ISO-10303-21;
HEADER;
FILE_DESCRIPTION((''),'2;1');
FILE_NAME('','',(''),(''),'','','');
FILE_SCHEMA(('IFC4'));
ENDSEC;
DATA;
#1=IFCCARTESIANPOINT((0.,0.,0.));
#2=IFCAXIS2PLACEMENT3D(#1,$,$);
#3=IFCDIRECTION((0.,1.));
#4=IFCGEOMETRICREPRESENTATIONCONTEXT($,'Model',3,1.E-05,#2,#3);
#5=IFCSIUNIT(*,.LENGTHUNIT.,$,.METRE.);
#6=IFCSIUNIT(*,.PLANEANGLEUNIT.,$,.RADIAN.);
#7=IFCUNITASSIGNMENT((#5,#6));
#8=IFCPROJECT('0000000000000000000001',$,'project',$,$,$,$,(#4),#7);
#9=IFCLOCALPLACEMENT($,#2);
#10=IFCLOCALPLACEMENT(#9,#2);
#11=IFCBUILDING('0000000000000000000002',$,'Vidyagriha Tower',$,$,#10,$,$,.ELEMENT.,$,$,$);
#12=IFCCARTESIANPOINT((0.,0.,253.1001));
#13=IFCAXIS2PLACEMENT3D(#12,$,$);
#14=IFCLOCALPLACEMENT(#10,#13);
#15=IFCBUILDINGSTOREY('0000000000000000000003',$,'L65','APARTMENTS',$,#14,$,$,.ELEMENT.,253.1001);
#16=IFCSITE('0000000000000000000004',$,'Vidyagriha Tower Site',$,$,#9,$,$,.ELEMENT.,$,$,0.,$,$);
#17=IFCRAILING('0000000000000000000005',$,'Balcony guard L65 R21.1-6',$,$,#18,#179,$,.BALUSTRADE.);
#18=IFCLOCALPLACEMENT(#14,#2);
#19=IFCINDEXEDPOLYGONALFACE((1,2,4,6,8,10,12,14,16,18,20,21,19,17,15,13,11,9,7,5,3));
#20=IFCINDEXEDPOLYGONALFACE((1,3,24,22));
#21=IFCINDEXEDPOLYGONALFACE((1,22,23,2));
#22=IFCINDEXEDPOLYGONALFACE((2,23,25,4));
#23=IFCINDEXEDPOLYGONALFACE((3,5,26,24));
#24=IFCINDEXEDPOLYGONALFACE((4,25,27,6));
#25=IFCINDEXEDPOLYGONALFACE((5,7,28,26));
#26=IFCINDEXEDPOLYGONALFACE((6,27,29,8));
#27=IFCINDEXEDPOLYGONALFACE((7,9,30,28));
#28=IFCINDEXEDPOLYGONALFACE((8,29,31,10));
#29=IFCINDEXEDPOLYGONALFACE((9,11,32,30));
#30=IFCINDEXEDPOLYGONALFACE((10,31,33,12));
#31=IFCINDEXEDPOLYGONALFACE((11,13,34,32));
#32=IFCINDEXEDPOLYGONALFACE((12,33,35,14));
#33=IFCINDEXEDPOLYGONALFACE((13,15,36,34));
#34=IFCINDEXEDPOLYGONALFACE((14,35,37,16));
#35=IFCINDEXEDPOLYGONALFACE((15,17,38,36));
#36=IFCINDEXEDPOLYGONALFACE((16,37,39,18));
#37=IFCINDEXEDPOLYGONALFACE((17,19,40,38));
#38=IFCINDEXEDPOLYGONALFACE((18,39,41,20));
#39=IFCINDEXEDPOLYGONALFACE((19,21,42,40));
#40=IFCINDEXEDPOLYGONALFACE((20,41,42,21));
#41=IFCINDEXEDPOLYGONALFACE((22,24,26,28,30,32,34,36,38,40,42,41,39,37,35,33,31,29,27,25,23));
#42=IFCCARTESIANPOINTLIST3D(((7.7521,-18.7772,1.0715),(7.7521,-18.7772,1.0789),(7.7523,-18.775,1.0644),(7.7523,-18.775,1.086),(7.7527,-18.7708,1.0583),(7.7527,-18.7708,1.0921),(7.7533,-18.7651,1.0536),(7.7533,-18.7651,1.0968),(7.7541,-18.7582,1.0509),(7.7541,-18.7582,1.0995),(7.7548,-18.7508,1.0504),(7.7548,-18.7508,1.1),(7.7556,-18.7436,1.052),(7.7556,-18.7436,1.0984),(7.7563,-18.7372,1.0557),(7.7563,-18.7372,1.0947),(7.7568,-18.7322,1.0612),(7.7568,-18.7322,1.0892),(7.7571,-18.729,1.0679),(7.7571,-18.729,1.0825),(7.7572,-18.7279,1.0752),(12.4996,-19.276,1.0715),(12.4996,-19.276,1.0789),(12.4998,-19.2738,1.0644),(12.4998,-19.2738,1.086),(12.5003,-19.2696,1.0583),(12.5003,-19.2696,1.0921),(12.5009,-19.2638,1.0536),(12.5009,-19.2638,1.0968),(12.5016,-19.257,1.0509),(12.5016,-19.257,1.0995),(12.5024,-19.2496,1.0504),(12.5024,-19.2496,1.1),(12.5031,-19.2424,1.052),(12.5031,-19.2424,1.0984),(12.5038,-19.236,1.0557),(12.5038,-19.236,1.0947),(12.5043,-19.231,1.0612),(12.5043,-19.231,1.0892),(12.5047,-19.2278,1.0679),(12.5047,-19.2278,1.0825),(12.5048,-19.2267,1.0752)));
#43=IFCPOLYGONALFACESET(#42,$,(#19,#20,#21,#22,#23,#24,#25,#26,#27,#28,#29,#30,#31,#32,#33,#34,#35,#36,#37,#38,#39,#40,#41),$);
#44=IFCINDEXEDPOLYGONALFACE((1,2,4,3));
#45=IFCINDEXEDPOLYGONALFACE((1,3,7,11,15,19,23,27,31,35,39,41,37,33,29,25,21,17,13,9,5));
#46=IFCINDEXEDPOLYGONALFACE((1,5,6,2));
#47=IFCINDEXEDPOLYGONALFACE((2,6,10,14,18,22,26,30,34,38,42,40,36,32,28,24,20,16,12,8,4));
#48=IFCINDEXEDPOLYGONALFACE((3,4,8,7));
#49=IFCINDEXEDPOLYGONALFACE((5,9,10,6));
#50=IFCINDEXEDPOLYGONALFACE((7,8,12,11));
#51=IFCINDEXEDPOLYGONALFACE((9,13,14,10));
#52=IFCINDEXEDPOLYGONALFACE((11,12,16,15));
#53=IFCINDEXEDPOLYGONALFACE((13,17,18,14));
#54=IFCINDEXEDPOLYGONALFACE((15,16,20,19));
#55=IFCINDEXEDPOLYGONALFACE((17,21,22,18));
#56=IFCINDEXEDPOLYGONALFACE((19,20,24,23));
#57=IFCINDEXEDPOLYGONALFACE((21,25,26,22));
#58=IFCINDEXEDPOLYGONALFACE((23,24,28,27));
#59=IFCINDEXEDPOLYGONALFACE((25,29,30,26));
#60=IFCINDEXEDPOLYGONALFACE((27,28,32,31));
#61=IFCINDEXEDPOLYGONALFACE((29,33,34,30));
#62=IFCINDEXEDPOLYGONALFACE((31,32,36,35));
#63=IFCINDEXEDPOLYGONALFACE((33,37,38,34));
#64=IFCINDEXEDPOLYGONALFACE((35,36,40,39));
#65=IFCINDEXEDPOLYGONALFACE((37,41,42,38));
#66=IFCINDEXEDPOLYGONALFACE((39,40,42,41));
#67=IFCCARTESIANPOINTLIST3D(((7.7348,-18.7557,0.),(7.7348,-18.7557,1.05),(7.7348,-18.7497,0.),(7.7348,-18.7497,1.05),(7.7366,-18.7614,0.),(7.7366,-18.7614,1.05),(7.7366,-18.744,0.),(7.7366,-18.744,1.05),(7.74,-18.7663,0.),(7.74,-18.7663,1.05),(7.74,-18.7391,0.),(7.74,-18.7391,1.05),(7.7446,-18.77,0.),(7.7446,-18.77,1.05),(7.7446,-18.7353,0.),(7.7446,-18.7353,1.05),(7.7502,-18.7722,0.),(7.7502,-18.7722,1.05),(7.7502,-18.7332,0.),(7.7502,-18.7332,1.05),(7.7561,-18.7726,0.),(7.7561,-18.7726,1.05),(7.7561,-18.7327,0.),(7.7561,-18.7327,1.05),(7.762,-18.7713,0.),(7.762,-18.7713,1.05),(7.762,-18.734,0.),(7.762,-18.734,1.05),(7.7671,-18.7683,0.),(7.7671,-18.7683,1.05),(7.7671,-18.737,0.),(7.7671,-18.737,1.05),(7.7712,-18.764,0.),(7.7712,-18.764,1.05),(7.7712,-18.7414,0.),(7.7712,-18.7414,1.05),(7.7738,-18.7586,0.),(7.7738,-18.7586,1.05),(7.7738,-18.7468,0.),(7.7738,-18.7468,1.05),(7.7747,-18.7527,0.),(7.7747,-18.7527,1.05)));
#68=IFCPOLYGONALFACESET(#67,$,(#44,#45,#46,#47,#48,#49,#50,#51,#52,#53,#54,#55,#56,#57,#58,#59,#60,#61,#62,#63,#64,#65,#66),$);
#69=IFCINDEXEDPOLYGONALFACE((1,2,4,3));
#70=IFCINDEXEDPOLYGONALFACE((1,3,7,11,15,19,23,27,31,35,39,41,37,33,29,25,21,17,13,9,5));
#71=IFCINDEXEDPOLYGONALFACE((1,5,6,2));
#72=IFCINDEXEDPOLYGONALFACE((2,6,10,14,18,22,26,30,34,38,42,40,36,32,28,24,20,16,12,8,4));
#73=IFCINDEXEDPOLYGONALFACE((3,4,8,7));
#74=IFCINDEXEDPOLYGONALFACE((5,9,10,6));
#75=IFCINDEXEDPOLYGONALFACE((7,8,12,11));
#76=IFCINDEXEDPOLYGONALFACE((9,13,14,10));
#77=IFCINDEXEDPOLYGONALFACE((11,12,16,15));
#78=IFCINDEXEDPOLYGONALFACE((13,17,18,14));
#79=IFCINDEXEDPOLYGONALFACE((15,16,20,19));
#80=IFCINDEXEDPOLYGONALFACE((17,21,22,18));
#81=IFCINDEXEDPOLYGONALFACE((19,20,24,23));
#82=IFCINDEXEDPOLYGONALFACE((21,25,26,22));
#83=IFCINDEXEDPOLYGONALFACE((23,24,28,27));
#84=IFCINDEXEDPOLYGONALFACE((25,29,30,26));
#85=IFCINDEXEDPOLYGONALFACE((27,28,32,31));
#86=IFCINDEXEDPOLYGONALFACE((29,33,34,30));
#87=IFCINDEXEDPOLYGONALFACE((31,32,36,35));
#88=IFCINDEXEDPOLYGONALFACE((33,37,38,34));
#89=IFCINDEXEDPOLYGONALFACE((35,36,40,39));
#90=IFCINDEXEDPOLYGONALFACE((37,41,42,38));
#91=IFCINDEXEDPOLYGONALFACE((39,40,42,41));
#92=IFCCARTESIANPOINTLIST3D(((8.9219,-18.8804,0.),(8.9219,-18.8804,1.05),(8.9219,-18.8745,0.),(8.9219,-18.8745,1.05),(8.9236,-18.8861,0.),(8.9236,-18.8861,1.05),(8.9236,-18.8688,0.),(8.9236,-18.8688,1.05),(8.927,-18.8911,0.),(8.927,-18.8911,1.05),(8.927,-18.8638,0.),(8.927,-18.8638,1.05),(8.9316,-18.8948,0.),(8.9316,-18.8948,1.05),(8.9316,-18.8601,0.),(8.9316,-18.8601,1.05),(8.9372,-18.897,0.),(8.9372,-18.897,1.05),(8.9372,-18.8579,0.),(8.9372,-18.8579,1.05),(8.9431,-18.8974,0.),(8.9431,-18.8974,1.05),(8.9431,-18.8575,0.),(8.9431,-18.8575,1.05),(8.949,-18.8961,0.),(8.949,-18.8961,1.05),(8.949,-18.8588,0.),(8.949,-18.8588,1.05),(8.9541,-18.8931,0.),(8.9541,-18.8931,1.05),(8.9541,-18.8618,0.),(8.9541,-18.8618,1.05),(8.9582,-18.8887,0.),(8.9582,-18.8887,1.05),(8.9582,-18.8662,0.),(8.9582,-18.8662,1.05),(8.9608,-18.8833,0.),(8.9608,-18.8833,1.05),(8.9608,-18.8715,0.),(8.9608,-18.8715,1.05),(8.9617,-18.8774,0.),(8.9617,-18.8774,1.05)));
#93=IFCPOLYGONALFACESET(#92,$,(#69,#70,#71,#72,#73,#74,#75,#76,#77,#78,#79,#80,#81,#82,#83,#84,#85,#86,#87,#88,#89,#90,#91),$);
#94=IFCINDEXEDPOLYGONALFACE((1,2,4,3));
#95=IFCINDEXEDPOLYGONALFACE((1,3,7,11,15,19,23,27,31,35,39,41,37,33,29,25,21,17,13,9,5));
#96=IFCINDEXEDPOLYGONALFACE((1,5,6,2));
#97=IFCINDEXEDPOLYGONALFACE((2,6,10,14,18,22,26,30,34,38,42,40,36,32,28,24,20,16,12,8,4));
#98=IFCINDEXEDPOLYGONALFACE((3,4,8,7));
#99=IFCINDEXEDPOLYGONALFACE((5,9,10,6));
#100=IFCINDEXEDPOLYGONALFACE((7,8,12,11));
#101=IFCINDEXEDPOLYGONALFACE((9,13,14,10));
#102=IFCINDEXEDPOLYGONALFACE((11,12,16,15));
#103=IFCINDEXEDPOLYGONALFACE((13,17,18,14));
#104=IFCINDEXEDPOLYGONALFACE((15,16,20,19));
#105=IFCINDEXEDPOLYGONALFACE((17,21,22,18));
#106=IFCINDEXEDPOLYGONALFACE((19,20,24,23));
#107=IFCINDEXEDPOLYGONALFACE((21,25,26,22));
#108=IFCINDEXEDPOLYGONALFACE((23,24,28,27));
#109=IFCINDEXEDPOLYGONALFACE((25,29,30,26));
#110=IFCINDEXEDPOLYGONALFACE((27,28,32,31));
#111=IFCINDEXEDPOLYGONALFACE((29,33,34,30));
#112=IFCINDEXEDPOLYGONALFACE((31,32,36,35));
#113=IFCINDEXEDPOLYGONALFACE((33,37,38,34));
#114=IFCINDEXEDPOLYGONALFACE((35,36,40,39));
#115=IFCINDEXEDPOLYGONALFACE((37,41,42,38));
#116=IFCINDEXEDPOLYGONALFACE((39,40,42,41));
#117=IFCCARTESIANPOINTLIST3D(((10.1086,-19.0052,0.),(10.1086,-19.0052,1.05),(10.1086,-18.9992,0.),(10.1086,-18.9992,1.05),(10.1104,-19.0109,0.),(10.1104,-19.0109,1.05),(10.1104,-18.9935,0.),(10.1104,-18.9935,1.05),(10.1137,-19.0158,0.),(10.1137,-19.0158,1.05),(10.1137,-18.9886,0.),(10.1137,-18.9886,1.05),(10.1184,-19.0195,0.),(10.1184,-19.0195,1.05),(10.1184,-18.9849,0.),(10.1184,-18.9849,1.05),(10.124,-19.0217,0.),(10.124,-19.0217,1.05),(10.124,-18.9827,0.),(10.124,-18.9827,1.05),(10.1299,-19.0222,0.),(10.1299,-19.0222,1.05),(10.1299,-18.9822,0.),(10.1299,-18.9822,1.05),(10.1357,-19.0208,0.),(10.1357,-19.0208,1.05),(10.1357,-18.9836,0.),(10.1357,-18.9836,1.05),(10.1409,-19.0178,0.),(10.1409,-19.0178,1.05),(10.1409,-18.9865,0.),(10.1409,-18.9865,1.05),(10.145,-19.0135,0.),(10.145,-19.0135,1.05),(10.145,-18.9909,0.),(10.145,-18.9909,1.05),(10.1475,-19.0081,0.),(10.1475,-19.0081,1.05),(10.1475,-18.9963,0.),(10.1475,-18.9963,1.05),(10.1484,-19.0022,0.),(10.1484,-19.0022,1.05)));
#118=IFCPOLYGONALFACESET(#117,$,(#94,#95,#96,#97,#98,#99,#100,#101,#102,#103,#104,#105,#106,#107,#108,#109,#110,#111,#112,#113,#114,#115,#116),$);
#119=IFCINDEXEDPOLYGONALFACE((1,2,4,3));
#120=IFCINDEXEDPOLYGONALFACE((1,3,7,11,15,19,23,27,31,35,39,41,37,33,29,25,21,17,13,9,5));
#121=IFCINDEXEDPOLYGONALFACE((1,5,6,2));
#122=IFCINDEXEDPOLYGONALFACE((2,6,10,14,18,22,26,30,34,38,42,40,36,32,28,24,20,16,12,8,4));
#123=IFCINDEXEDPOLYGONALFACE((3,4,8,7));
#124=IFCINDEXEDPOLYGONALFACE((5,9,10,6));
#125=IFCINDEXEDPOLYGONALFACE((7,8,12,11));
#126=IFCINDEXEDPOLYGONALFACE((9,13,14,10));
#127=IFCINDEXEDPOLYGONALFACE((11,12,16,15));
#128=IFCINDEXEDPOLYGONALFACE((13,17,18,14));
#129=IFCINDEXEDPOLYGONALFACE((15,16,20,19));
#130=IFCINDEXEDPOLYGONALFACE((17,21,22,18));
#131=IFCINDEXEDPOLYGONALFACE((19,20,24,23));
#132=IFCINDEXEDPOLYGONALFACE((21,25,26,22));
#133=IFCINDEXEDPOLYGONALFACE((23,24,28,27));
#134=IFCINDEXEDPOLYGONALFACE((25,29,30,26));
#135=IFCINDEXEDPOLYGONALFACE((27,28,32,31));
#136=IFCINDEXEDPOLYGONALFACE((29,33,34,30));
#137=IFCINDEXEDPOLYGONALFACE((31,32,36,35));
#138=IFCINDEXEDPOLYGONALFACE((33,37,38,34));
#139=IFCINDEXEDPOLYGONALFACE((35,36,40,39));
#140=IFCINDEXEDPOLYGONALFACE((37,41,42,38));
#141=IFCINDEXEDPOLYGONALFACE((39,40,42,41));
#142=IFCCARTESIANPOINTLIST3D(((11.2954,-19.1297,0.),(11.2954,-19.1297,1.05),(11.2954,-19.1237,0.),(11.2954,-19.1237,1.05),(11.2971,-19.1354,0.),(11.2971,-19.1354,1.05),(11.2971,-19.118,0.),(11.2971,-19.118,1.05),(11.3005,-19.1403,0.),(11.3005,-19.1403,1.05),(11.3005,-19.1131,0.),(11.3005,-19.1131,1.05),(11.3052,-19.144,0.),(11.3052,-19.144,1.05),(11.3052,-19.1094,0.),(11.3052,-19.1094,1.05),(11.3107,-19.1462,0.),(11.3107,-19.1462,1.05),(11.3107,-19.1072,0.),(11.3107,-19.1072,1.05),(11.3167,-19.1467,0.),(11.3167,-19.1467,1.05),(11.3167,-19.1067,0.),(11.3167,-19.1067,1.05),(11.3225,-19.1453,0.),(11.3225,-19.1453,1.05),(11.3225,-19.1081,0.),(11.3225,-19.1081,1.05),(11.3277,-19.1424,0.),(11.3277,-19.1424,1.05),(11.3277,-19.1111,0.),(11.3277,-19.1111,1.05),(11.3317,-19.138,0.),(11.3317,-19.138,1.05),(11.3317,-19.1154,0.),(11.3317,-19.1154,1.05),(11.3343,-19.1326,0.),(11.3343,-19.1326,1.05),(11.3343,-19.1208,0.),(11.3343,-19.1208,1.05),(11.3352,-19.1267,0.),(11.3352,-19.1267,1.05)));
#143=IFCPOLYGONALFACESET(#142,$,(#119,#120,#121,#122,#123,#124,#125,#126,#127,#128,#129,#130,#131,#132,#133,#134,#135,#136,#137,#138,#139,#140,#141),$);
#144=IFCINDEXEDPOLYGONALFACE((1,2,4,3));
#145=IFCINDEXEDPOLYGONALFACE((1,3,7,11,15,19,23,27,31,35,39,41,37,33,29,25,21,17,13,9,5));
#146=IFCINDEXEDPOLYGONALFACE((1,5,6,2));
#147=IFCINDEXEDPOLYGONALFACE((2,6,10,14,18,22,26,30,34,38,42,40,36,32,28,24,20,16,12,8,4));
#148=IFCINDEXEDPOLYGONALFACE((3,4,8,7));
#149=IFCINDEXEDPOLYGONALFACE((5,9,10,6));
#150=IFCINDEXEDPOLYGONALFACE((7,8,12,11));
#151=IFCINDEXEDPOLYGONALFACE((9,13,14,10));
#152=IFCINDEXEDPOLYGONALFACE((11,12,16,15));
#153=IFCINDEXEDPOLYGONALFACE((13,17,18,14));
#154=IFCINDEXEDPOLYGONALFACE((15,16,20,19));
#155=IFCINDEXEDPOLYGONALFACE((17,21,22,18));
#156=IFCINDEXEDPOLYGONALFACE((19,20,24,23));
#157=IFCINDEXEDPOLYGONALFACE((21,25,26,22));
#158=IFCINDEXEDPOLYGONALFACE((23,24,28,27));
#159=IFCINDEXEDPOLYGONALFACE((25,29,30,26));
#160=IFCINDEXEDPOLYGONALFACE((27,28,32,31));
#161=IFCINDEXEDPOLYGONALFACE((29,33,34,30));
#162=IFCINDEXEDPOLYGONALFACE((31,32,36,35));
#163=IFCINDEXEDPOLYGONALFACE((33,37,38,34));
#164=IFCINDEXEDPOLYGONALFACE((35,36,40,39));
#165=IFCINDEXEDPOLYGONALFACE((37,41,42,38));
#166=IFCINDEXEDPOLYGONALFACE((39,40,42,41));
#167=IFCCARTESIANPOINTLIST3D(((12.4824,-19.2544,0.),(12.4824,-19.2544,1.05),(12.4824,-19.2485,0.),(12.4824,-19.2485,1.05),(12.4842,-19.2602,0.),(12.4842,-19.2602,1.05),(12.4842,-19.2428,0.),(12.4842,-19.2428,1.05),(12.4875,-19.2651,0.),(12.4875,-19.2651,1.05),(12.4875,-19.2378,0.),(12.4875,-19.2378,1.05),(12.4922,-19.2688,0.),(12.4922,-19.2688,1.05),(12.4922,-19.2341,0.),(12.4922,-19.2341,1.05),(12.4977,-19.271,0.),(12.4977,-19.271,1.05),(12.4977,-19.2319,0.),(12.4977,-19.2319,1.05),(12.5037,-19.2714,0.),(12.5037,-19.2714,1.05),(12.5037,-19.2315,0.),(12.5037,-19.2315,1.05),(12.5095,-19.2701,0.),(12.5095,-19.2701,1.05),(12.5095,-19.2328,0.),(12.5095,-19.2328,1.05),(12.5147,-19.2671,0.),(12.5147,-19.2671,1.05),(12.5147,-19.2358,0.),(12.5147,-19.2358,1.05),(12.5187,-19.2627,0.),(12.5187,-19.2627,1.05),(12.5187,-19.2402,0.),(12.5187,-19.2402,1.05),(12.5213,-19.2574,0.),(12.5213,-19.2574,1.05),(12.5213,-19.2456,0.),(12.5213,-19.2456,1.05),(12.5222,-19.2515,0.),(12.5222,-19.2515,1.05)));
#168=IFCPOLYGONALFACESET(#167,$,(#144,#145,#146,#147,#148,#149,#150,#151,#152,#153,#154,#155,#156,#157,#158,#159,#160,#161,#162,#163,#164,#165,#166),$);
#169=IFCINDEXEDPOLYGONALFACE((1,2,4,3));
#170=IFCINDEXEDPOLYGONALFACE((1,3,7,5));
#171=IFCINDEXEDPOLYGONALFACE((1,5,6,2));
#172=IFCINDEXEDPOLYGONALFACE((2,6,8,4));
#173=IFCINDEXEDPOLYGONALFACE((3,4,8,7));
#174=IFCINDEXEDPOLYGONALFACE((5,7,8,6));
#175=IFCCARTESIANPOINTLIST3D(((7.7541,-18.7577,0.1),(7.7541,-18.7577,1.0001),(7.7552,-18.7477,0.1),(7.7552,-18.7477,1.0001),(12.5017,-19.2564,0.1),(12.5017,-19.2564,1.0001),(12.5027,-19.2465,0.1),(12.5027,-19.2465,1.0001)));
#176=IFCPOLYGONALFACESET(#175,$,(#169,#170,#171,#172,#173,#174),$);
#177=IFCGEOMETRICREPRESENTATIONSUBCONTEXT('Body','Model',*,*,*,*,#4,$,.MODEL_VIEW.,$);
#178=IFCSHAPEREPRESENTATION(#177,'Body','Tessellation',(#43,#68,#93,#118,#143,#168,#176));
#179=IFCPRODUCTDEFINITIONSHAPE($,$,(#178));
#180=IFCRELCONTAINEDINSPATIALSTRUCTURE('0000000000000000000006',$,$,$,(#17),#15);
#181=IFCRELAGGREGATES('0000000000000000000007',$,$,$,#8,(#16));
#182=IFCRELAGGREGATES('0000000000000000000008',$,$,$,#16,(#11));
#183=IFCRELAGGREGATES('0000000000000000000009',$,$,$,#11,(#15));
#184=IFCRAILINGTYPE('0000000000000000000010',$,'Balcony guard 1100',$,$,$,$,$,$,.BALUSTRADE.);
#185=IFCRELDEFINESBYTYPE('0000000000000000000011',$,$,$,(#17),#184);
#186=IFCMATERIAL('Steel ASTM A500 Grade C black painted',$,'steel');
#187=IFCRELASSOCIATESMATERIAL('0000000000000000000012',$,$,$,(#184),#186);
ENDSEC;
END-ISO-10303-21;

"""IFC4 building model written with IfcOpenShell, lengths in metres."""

from ifc_helpers import new_model, si_unit, direction, frame, origin, origin_2d, place, context, subcontext, project, spatial, rectangle, circle, extrude, material, type_object, element, save


model = new_model("IFC4")

# Units and contexts
model_context = context("Model", 3, precision=1e-05, world=origin(), true_north=direction((0.0, 1.0)))
body_context = subcontext(model_context, "Body", "Model", "MODEL_VIEW")
ifc_project = project(units=[si_unit("LENGTHUNIT", "METRE"), si_unit("PLANEANGLEUNIT", "RADIAN")], contexts=[model_context])

# Site, building, storey
site_placement = place(None, origin())
site = spatial("IfcSite", under=ifc_project, at=site_placement, Name="Vidyagriha Tower Site", CompositionType="ELEMENT", RefElevation=0.0)
building_placement = place(site_placement, origin())
building = spatial("IfcBuilding", under=site, at=building_placement, Name="Vidyagriha Tower", CompositionType="ELEMENT")
storey_placement = place(building_placement, frame((0.0, 0.0, 253.1001)))
storey = spatial("IfcBuildingStorey", under=building, at=storey_placement, Name="L65", Description="APARTMENTS", CompositionType="ELEMENT", Elevation=253.1001)

# Railing
ifc_material_1 = material(Name="Steel ASTM A500 Grade C black painted", Category="steel")
railing_type = type_object("IfcRailingType", Name="Balcony guard 1100", PredefinedType="BALUSTRADE", material=ifc_material_1)
railing_1_placement = place(storey_placement, frame((7.7546, -18.7527, 0.0)))
element("IfcRailing", 1, at=railing_1_placement, inside=storey, type_object=railing_type, Name="Balcony guard L65 R21.1-6", PredefinedType="BALUSTRADE", context=body_context, shape_type="SweptSolid", body=[
    extrude(circle(Radius=0.0249, at=origin_2d()), frame((0.0, 0.0, 1.0752), z_axis=(0.994526, -0.104485, 0.0), x_axis=(0.104485, 0.994526, 0.0)), (0.0, 0.0, 1.0), 4.7737),
    extrude(circle(Radius=0.02, at=origin_2d()), origin(), (0.0, 0.0, 1.0), 1.05),
    extrude(circle(Radius=0.02, at=origin_2d()), frame((1.187, -0.1248, 0.0)), (0.0, 0.0, 1.0), 1.05),
    extrude(circle(Radius=0.02, at=origin_2d()), frame((2.3738, -0.2495, 0.0)), (0.0, 0.0, 1.0), 1.05),
    extrude(circle(Radius=0.02, at=origin_2d()), frame((3.5605, -0.374, 0.0)), (0.0, 0.0, 1.0), 1.05),
    extrude(circle(Radius=0.02, at=origin_2d()), frame((4.7476, -0.4988, 0.0)), (0.0, 0.0, 1.0), 1.05),
    extrude(rectangle(XDim=0.01, YDim=0.9001, at=origin_2d()), frame((0.0, 0.0, 0.55), z_axis=(0.994526, -0.104485, 0.0), x_axis=(0.104485, 0.994526, 0.0)), (0.0, 0.0, 1.0), 4.7737),
])

save(model, "model.ifc")
